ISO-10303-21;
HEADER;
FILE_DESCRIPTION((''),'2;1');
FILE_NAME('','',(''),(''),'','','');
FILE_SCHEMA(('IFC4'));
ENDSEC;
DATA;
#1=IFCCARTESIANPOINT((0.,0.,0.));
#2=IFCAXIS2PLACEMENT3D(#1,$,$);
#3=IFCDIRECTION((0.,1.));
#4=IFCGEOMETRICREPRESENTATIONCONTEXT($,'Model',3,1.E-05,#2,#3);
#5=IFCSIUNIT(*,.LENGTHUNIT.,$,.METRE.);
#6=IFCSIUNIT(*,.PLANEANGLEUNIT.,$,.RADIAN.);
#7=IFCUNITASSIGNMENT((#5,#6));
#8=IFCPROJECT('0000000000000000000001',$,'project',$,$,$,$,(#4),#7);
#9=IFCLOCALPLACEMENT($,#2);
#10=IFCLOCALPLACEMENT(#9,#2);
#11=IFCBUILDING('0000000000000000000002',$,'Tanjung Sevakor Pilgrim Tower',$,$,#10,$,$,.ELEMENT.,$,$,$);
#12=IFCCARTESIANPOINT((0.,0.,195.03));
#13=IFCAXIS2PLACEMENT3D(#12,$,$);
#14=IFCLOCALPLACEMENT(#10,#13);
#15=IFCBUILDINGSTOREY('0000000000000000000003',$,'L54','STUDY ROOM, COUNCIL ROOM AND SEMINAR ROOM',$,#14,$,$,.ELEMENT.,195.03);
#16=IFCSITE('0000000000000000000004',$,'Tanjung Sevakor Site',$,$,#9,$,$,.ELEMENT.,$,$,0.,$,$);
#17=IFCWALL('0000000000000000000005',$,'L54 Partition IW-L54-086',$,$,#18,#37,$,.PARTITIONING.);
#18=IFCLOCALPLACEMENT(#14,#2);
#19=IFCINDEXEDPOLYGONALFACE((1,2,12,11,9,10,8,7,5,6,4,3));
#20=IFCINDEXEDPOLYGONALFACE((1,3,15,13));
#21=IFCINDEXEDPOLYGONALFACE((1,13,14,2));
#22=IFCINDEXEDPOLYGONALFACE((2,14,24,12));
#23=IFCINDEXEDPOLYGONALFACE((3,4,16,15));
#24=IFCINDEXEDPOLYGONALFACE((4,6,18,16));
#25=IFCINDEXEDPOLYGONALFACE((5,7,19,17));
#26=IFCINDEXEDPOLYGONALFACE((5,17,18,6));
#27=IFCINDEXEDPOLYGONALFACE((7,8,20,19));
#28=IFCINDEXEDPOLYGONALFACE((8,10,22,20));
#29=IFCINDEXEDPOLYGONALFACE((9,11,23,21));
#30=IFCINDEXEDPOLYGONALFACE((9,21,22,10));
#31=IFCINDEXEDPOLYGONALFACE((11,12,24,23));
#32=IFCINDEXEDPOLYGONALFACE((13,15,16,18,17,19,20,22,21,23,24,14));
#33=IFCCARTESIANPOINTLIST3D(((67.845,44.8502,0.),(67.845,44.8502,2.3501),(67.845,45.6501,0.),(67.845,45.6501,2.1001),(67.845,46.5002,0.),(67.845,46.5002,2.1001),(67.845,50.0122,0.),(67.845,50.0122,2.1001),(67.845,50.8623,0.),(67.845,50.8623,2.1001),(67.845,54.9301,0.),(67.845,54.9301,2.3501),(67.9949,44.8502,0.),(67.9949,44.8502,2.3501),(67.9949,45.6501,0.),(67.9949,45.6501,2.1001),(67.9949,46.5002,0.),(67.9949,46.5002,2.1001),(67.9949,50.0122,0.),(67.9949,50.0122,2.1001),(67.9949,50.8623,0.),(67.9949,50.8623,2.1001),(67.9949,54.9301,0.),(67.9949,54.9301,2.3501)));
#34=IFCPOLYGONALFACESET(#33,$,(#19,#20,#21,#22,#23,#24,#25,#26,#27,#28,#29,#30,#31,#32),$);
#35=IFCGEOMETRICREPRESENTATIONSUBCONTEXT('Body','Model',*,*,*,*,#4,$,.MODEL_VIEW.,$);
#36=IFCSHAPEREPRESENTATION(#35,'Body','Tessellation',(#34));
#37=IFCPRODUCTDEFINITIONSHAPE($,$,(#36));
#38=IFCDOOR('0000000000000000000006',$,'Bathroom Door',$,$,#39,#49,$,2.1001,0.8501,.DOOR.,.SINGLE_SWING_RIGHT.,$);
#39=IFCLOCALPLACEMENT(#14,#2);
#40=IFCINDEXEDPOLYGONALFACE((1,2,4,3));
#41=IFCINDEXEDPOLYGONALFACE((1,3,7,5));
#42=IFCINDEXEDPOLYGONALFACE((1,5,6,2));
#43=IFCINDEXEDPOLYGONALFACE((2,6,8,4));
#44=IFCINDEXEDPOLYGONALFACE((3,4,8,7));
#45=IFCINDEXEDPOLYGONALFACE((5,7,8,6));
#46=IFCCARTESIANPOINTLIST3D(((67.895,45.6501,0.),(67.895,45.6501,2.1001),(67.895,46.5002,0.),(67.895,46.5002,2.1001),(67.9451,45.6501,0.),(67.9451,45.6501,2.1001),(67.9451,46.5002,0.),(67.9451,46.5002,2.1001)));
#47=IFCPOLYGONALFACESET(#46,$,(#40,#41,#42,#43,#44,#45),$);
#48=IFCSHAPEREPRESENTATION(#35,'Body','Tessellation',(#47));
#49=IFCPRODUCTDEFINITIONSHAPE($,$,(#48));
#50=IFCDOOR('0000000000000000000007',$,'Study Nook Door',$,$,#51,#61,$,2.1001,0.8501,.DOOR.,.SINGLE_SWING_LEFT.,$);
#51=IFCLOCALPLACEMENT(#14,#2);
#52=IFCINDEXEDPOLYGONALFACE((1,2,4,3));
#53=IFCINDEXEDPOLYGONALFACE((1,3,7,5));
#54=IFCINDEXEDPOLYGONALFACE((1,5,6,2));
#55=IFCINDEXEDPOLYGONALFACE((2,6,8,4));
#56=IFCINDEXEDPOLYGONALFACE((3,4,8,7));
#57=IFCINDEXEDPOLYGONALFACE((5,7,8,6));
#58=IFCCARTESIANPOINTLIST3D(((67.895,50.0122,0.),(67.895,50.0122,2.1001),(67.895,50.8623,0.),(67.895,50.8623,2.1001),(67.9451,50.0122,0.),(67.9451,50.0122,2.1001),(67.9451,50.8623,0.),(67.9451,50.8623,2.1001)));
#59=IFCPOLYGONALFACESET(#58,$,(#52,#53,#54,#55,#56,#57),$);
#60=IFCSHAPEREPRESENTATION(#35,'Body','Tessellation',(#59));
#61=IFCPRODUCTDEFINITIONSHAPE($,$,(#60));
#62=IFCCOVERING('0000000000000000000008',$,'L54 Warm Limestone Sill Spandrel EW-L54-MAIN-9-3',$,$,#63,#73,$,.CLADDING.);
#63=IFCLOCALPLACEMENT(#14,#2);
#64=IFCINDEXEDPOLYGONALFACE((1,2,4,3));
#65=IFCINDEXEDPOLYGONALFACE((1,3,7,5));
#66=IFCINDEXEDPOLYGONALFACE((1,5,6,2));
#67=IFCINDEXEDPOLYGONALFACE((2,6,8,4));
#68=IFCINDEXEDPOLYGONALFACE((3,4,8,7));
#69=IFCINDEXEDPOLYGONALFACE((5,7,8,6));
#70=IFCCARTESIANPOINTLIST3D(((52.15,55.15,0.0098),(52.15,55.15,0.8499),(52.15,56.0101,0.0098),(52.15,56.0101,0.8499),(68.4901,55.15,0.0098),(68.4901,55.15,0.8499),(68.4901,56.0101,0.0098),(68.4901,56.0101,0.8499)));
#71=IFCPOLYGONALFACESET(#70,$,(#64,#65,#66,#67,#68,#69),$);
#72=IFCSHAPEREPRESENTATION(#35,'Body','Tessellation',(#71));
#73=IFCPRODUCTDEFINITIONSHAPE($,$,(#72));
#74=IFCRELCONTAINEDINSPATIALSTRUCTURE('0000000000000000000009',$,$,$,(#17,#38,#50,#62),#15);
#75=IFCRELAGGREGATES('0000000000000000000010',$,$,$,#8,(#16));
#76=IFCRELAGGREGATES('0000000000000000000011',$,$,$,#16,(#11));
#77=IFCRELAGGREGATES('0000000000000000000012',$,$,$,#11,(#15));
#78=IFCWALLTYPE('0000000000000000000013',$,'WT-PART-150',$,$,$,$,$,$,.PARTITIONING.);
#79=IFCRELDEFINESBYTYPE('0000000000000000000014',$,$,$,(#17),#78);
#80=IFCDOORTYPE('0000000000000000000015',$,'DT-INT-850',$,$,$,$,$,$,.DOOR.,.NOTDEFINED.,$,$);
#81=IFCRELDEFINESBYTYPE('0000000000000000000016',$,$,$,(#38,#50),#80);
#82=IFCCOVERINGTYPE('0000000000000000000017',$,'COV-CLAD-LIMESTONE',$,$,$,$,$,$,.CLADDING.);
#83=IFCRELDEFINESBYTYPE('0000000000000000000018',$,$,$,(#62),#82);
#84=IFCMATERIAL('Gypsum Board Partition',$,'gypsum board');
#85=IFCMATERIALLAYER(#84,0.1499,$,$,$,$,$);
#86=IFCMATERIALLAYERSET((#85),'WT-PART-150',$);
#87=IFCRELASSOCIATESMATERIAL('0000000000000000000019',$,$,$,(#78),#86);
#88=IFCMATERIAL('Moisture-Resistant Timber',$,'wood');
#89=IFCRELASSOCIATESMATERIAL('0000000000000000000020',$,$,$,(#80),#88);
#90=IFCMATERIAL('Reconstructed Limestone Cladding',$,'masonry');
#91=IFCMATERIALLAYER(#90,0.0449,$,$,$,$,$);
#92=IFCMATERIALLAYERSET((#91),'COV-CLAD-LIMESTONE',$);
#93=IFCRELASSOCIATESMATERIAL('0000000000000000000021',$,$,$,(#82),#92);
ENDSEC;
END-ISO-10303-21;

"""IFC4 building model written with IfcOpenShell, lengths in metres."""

from ifc_helpers import new_model, si_unit, direction, frame, frame_2d, origin, origin_2d, place, context, subcontext, project, spatial, rectangle, extrude, material, layer, layer_set, type_object, element, fill, save


model = new_model("IFC4")

# Units and contexts
model_context = context("Model", 3, precision=1e-05, world=origin(), true_north=direction((0.0, 1.0)))
body_context = subcontext(model_context, "Body", "Model", "MODEL_VIEW")
ifc_project = project(units=[si_unit("LENGTHUNIT", "METRE"), si_unit("PLANEANGLEUNIT", "RADIAN")], contexts=[model_context])

# Site, building, storey
site_placement = place(None, origin())
site = spatial("IfcSite", under=ifc_project, at=site_placement, Name="Tanjung Sevakor Site", CompositionType="ELEMENT", RefElevation=0.0)
building_placement = place(site_placement, origin())
building = spatial("IfcBuilding", under=site, at=building_placement, Name="Tanjung Sevakor Pilgrim Tower", CompositionType="ELEMENT")
storey_placement = place(building_placement, frame((0.0, 0.0, 195.03)))
storey = spatial("IfcBuildingStorey", under=building, at=storey_placement, Name="L54", Description="STUDY ROOM, COUNCIL ROOM AND SEMINAR ROOM", CompositionType="ELEMENT", Elevation=195.03)

# Shared definitions
ifc_material_1 = material(Name="Gypsum Board Partition", Category="gypsum board")
ifc_layer_1 = layer(ifc_material_1, 0.1499)
ifc_layer_set_1 = layer_set([ifc_layer_1], Name="WT-PART-150")
wall_type_1 = type_object("IfcWallType", Name="WT-PART-150", PredefinedType="PARTITIONING", material=ifc_layer_set_1)

# Wall, openings, doors
wall_1_placement = place(storey_placement, frame((67.9199, 44.8501, 0.0), z_axis=(0.0, 0.0, 1.0), x_axis=(0.0, 1.0, 0.0)))
wall_1 = element("IfcWall", 1, at=wall_1_placement, inside=storey, type_object=wall_type_1, Name="L54 Partition IW-L54-086", PredefinedType="PARTITIONING", context=body_context, shape_type="SweptSolid", body=[
    extrude(rectangle(XDim=10.0798, YDim=0.1499, at=frame_2d((5.04, 0.0))), origin(), (0.0, 0.0, 1.0), 2.3501),
])
opening_1_placement = place(wall_1_placement, frame((0.8, 0.0, 0.0)))
opening_1 = element("IfcOpeningElement", 2, at=opening_1_placement, cuts=wall_1, PredefinedType="OPENING", context=body_context, shape_type="SweptSolid", body=[
    extrude(rectangle(XDim=0.8501, YDim=2.1001, at=frame_2d((0.425, 1.05))), frame((0.0, 0.085, 0.0), z_axis=(0.0, -1.0, 0.0), x_axis=(1.0, 0.0, 0.0)), (0.0, 0.0, 1.0), 0.1699),
])
opening_2_placement = place(wall_1_placement, frame((5.1621, 0.0, 0.0)))
opening_2 = element("IfcOpeningElement", 3, at=opening_2_placement, cuts=wall_1, PredefinedType="OPENING", context=body_context, shape_type="SweptSolid", body=[
    extrude(rectangle(XDim=0.8501, YDim=2.1001, at=frame_2d((0.425, 1.05))), frame((0.0, 0.085, 0.0), z_axis=(0.0, -1.0, 0.0), x_axis=(1.0, 0.0, 0.0)), (0.0, 0.0, 1.0), 0.1699),
])
ifc_material_2 = material(Name="Moisture-Resistant Timber", Category="wood")
door_type_1 = type_object("IfcDoorType", Name="DT-INT-850", OperationType="NOTDEFINED", PredefinedType="DOOR", material=ifc_material_2)
door_1_placement = place(opening_1_placement, origin())
door_1 = element("IfcDoor", 4, at=door_1_placement, inside=storey, type_object=door_type_1, Name="Bathroom Door", OperationType="SINGLE_SWING_RIGHT", OverallHeight=2.1001, OverallWidth=0.8501, PredefinedType="DOOR", context=body_context, shape_type="SweptSolid", body=[
    extrude(rectangle(XDim=0.8501, YDim=2.1001, at=frame_2d((0.425, 1.05))), frame((0.0, 0.0249, 0.0), z_axis=(0.0, -1.0, 0.0), x_axis=(1.0, 0.0, 0.0)), (0.0, 0.0, 1.0), 0.05),
])
fill(opening_1, door_1)
door_2_placement = place(opening_2_placement, origin())
door_2 = element("IfcDoor", 5, at=door_2_placement, inside=storey, type_object=door_type_1, Name="Study Nook Door", OperationType="SINGLE_SWING_LEFT", OverallHeight=2.1001, OverallWidth=0.8501, PredefinedType="DOOR", context=body_context, shape_type="SweptSolid", body=[
    extrude(rectangle(XDim=0.8501, YDim=2.1001, at=frame_2d((0.425, 1.05))), frame((0.0, 0.0249, 0.0), z_axis=(0.0, -1.0, 0.0), x_axis=(1.0, 0.0, 0.0)), (0.0, 0.0, 1.0), 0.05),
])
fill(opening_2, door_2)

# Covering
ifc_material_3 = material(Name="Reconstructed Limestone Cladding", Category="masonry")
ifc_layer_2 = layer(ifc_material_3, 0.0449)
ifc_layer_set_2 = layer_set([ifc_layer_2], Name="COV-CLAD-LIMESTONE")
covering_type = type_object("IfcCoveringType", Name="COV-CLAD-LIMESTONE", PredefinedType="CLADDING", material=ifc_layer_set_2)
covering_placement = place(storey_placement, frame((60.3201, 55.5801, 0.0098), z_axis=(0.0, 0.0, 1.0), x_axis=(-1.0, 0.0, 0.0)))
element("IfcCovering", 6, at=covering_placement, inside=storey, type_object=covering_type, Name="L54 Warm Limestone Sill Spandrel EW-L54-MAIN-9-3", PredefinedType="CLADDING", context=body_context, shape_type="SweptSolid", body=[
    extrude(rectangle(XDim=16.3401, YDim=0.8601, at=origin_2d()), origin(), (0.0, 0.0, 1.0), 0.8401),
])

save(model, "model.ifc")
